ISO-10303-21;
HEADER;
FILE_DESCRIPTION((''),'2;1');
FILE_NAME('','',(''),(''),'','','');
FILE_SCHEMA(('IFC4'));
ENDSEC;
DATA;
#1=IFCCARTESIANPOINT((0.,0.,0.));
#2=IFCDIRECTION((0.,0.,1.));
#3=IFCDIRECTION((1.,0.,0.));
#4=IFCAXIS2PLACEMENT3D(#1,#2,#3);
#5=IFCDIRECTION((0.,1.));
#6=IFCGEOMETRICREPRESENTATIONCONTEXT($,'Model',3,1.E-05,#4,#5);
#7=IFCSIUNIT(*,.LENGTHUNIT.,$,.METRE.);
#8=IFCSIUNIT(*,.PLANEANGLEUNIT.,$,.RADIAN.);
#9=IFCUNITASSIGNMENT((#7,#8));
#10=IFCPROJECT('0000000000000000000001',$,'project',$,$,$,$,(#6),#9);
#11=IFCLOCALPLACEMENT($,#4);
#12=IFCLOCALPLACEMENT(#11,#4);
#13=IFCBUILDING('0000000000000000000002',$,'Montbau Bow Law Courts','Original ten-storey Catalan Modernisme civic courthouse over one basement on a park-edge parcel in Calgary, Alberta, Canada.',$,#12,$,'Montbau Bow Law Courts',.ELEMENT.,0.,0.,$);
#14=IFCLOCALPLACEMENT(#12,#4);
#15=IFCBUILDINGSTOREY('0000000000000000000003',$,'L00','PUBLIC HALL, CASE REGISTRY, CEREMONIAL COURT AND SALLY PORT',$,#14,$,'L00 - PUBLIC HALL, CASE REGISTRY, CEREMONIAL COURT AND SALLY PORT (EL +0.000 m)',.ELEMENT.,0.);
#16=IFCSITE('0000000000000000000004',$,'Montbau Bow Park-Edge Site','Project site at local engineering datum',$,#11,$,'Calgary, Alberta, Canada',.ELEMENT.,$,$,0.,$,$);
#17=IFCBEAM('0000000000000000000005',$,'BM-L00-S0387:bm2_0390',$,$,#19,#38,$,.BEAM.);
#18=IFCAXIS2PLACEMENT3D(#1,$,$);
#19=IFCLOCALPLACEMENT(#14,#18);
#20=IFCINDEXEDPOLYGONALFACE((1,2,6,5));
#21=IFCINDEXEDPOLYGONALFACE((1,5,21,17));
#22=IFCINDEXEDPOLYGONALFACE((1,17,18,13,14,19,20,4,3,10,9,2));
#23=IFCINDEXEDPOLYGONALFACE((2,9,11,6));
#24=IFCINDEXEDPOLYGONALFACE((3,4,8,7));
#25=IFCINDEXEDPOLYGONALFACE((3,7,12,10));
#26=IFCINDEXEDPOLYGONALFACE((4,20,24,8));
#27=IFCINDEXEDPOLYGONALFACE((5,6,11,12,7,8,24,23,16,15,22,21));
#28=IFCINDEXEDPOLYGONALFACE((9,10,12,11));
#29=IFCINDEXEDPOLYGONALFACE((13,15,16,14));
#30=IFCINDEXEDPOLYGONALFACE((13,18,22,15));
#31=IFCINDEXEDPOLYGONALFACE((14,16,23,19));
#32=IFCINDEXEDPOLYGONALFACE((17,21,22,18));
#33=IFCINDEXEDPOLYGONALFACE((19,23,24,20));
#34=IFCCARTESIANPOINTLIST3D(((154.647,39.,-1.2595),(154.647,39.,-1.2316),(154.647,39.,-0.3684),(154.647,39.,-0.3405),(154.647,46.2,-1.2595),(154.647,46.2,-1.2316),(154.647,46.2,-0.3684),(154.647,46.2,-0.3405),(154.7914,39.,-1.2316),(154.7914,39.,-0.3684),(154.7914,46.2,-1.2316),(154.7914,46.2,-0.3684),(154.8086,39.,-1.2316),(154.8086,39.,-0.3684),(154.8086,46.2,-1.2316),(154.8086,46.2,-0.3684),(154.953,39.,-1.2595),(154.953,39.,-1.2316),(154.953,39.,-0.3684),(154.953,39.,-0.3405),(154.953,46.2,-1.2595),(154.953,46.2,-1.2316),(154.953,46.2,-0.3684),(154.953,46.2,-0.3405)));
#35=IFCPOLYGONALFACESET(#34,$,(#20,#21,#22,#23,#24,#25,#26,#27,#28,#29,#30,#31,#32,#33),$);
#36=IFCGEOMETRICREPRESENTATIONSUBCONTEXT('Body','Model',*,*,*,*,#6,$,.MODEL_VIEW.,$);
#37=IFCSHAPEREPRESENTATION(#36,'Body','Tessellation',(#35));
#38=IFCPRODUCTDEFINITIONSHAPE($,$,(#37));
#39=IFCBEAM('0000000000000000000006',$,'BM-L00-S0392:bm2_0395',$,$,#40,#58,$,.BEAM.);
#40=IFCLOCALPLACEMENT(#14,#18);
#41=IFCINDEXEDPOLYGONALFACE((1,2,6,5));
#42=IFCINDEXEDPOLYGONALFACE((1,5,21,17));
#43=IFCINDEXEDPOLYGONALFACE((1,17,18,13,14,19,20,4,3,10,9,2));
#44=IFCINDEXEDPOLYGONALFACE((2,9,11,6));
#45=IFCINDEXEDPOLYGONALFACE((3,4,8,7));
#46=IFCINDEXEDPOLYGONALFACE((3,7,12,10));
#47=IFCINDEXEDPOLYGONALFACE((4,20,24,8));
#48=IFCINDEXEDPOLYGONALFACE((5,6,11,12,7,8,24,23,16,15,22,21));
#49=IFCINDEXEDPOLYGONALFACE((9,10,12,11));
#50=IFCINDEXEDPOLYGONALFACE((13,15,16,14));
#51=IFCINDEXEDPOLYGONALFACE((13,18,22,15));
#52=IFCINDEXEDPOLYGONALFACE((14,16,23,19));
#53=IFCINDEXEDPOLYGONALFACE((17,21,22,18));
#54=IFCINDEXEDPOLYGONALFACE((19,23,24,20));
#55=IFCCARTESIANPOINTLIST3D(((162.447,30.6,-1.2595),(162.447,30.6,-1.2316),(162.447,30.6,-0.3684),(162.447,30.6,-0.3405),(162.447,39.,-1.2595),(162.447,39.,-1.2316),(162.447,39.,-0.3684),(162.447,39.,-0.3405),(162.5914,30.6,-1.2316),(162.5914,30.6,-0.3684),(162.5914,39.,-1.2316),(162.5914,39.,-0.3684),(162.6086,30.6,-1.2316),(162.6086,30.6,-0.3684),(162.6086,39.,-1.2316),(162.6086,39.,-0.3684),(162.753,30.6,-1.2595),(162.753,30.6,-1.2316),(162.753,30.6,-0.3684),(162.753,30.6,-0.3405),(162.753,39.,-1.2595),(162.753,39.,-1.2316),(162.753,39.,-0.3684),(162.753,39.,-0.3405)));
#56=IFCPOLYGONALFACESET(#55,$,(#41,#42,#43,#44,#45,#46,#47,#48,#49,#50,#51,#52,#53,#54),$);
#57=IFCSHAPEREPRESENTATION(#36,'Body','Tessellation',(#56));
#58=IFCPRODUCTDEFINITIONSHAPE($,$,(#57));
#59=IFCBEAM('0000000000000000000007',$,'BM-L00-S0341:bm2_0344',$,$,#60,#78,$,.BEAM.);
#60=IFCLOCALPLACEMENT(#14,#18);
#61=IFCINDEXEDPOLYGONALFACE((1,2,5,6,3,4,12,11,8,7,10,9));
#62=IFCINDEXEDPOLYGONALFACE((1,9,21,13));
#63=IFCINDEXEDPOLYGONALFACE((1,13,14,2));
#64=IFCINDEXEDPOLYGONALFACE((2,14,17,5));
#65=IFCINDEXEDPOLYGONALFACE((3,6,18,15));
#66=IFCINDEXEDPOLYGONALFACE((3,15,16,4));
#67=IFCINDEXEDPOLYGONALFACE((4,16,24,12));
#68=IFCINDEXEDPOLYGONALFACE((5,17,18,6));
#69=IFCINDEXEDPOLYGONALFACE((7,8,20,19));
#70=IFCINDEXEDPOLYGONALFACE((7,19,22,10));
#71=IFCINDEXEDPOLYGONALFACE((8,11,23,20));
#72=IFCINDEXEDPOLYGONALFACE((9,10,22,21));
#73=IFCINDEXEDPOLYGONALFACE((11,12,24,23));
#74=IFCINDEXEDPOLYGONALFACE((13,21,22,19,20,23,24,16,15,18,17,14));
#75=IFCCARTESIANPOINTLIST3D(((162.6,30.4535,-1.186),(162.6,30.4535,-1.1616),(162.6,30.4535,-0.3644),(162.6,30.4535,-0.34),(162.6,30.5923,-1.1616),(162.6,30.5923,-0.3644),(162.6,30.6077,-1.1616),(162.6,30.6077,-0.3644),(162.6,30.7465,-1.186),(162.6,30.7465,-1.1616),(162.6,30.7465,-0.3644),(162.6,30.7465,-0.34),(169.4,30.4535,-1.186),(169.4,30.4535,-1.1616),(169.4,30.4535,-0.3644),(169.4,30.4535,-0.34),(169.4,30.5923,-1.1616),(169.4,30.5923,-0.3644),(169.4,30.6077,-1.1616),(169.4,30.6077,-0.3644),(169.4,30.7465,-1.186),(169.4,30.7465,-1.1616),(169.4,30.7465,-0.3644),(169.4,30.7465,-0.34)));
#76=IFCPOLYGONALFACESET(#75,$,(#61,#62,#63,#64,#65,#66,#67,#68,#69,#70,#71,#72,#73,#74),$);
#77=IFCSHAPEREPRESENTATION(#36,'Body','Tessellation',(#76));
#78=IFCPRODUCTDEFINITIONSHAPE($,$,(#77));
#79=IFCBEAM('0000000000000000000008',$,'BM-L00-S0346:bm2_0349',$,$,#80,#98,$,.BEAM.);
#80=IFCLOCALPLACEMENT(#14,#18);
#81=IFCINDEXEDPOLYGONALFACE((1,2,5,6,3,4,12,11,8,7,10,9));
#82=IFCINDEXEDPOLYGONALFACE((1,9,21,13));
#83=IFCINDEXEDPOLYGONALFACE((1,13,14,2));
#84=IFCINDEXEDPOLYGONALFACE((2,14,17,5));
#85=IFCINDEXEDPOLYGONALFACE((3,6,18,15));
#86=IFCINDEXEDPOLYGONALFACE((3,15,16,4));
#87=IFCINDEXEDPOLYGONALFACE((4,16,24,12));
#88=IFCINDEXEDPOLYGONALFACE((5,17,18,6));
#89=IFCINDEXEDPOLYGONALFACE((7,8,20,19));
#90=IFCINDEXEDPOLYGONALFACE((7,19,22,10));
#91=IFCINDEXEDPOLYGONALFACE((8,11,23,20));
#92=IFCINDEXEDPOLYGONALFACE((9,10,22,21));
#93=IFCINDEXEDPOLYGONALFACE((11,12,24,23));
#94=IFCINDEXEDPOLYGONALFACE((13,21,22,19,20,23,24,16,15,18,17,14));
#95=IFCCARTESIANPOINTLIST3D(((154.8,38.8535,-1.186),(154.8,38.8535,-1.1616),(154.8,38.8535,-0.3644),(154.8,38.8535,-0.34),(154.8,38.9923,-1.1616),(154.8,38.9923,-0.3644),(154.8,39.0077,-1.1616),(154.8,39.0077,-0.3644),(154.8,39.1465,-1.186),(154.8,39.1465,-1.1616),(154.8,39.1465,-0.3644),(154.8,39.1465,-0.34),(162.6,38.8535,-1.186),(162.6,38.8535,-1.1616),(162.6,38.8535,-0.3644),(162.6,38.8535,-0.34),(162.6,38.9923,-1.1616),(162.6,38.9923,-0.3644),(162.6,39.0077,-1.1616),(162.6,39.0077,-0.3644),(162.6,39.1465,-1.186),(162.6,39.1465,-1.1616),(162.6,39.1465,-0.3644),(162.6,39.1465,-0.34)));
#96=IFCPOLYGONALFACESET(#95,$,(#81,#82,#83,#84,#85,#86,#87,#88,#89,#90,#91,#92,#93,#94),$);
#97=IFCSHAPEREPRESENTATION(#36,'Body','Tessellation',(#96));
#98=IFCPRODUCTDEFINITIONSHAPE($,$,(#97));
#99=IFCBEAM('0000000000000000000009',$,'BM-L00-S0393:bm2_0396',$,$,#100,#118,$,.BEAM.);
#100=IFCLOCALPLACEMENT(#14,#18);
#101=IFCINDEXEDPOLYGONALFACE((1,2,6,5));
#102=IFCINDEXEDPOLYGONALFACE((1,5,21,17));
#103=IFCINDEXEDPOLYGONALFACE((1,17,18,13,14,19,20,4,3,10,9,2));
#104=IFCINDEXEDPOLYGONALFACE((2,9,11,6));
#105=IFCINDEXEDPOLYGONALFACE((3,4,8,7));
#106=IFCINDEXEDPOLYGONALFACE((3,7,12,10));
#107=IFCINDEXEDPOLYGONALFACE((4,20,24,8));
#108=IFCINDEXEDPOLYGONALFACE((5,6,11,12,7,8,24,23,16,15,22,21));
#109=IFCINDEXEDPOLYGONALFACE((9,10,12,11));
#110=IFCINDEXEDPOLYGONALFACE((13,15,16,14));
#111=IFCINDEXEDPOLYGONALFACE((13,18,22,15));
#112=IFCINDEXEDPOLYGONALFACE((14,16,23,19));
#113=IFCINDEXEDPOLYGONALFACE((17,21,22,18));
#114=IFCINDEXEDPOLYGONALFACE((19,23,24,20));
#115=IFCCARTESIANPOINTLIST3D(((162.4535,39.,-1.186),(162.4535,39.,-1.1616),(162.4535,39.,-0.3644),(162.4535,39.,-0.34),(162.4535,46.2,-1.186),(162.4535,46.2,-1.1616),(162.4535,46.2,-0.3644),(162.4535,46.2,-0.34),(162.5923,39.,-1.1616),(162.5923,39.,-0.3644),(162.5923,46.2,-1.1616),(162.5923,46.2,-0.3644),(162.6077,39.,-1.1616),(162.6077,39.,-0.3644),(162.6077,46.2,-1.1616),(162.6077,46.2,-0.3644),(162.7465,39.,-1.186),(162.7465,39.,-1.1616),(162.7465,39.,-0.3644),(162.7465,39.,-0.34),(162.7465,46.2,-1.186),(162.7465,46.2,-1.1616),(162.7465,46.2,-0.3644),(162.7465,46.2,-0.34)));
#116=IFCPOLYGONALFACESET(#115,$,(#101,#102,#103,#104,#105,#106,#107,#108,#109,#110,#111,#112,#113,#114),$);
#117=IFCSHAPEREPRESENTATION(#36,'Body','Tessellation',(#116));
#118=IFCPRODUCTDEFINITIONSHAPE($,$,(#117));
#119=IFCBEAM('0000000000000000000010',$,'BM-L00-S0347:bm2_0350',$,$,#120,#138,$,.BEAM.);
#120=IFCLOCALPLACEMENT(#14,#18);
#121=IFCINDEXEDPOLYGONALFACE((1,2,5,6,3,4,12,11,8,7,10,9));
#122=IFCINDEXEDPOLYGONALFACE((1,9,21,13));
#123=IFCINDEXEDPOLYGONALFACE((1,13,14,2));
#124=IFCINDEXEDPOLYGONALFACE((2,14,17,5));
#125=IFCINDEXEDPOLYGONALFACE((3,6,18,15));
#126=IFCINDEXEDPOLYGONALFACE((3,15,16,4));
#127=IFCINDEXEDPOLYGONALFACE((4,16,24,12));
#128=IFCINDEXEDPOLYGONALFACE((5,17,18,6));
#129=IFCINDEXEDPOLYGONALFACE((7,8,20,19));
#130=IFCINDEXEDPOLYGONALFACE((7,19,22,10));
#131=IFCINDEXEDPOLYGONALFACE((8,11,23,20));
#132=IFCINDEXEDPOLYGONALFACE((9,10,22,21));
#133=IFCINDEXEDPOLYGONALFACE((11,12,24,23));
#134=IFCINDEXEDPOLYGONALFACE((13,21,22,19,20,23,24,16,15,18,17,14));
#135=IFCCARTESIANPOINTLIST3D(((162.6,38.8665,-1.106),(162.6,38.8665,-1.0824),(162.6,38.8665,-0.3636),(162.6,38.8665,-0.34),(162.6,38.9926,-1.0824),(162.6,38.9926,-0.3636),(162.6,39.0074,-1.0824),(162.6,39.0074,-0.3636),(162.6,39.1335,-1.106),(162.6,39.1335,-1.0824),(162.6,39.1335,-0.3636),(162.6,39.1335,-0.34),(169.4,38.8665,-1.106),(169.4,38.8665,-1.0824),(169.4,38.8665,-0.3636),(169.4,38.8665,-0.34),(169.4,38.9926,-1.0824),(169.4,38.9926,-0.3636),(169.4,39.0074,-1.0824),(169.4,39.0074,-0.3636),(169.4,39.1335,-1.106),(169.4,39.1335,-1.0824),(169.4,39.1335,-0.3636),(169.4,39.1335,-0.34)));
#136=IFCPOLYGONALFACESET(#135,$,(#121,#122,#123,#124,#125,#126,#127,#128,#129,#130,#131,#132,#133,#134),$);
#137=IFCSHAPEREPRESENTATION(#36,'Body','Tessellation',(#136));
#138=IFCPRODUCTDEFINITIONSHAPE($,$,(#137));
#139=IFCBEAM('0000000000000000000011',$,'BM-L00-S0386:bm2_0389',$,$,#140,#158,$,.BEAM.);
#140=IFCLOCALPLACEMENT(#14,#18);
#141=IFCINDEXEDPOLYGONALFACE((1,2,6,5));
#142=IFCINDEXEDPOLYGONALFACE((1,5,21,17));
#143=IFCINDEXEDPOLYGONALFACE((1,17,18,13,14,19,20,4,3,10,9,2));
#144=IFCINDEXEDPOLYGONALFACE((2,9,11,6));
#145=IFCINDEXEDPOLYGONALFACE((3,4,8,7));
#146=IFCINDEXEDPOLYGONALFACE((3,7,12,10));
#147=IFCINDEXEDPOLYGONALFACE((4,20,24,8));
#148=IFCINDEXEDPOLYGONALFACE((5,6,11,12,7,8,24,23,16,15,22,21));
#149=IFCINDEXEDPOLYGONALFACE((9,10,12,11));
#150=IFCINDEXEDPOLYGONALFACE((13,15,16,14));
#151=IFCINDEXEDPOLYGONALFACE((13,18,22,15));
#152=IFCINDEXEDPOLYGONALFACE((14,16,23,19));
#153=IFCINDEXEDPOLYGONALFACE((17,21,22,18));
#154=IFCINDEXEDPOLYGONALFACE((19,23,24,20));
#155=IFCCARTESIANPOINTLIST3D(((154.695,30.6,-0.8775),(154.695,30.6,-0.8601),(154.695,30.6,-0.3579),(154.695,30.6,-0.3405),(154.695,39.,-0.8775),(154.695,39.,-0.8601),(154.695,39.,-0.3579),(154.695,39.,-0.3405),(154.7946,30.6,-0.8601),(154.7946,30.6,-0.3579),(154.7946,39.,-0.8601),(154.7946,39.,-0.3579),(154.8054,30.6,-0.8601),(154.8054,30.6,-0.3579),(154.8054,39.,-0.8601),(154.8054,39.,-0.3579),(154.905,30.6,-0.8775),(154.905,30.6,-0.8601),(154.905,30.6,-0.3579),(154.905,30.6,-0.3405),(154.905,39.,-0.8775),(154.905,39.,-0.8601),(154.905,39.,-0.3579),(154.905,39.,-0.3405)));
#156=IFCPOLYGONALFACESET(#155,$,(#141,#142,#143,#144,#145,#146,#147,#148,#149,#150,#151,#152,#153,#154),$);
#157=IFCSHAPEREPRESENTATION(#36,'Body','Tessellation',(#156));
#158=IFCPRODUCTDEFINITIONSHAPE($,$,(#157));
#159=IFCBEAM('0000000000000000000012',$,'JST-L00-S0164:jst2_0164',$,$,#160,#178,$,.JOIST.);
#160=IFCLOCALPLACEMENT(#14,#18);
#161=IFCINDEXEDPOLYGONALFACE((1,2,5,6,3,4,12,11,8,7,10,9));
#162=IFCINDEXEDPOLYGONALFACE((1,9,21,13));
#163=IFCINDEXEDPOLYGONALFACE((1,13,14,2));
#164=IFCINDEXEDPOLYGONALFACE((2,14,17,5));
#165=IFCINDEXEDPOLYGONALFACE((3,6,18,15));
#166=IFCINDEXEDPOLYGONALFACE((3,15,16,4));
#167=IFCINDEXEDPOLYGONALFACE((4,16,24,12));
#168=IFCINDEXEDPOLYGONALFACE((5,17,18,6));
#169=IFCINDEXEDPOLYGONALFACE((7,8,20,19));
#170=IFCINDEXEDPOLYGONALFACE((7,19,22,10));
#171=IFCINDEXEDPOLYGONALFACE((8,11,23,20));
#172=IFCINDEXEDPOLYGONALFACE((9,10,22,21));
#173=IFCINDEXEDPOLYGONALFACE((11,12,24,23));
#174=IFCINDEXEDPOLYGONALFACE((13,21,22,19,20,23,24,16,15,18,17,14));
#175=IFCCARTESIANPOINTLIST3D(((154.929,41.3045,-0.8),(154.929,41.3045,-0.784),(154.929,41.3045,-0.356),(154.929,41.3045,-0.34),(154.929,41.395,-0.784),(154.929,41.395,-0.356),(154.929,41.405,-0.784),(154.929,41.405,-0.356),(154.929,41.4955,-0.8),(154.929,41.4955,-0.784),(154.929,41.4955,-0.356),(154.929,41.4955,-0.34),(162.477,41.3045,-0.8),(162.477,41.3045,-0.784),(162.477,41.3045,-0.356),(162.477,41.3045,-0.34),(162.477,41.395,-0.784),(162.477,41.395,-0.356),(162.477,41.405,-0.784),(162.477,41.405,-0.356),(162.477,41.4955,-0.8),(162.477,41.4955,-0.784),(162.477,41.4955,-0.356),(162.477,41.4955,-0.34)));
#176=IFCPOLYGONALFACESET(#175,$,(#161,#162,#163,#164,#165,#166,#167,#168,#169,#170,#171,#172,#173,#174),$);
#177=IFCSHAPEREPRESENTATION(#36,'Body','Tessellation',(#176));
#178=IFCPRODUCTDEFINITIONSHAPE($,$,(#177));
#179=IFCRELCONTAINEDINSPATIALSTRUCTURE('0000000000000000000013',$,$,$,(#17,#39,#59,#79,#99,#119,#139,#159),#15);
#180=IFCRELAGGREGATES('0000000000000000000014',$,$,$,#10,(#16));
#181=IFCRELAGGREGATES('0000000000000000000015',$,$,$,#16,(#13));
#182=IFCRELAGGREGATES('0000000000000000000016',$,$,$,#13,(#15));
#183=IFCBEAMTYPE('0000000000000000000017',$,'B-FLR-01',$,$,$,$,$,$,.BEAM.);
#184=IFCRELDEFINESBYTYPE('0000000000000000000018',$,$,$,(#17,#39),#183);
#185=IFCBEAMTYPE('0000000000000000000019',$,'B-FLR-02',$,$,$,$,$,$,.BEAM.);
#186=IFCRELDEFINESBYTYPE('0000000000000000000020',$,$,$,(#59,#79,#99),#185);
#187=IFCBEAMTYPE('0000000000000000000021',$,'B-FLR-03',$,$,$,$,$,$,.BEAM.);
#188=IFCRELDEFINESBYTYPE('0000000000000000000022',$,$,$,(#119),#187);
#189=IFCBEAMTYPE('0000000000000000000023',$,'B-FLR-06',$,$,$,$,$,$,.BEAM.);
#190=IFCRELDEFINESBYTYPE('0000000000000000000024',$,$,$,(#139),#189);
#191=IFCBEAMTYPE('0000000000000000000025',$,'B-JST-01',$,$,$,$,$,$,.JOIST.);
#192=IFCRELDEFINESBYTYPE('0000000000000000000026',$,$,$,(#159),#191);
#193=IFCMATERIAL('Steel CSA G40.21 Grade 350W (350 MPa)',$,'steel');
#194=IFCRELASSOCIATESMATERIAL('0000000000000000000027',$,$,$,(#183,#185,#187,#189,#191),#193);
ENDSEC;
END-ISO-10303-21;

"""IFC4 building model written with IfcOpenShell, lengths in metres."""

from ifc_helpers import new_model, si_unit, direction, frame, origin_with_axes, origin_2d_with_axis, place, context, subcontext, project, spatial, i_section, extrude, material, material_profile, profile_set, type_object, element, save


model = new_model("IFC4")

# Units and contexts
model_context = context("Model", 3, precision=1e-05, world=origin_with_axes(), true_north=direction((0.0, 1.0)))
body_context = subcontext(model_context, "Body", "Model", "MODEL_VIEW")
ifc_project = project(units=[si_unit("LENGTHUNIT", "METRE"), si_unit("PLANEANGLEUNIT", "RADIAN")], contexts=[model_context])

# Site, building, storey
site_placement = place(None, origin_with_axes())
site = spatial("IfcSite", under=ifc_project, at=site_placement, Name="Montbau Bow Park-Edge Site", Description="Project site at local engineering datum", LongName="Calgary, Alberta, Canada", CompositionType="ELEMENT", RefElevation=0.0)
building_placement = place(site_placement, origin_with_axes())
building = spatial("IfcBuilding", under=site, at=building_placement, Name="Montbau Bow Law Courts", Description="Original ten-storey Catalan Modernisme civic courthouse over one basement on a park-edge parcel in Calgary, Alberta, Canada.", LongName="Montbau Bow Law Courts", CompositionType="ELEMENT", ElevationOfRefHeight=0.0, ElevationOfTerrain=0.0)
storey_placement = place(building_placement, origin_with_axes())
storey = spatial("IfcBuildingStorey", under=building, at=storey_placement, Name="L00", Description="PUBLIC HALL, CASE REGISTRY, CEREMONIAL COURT AND SALLY PORT", LongName="L00 - PUBLIC HALL, CASE REGISTRY, CEREMONIAL COURT AND SALLY PORT (EL +0.000 m)", CompositionType="ELEMENT", Elevation=0.0)

# Shared definitions
ifc_material_1 = material(Name="Steel CSA G40.21 Grade 350W (350 MPa)", Category="steel")

# Beams
ifc_material_profile_1 = material_profile(ifc_material_1, i_section(OverallWidth=0.306, OverallDepth=0.919, WebThickness=0.0173, FlangeThickness=0.0279, at=origin_2d_with_axis()), Name="W920X253", Category="Main", Priority=0)
ifc_profile_set_1 = profile_set([ifc_material_profile_1], Name="Steel CSA G40.21 Grade 350W (350 MPa)")
beam_type_1 = type_object("IfcBeamType", Name="B-FLR-01", PredefinedType="BEAM", material=ifc_profile_set_1)
beam_1_placement = place(None, frame((154.8, 39.0, -0.8), z_axis=(0.0, 1.0, 0.0), x_axis=(-1.0, 0.0, 0.0)))
element("IfcBeam", 1, at=beam_1_placement, inside=storey, type_object=beam_type_1, Name="BM-L00-S0387:bm2_0390", PredefinedType="BEAM", context=body_context, shape_type="SweptSolid", body=[
    extrude(i_section(OverallWidth=0.306, OverallDepth=0.919, WebThickness=0.0173, FlangeThickness=0.0279, at=origin_2d_with_axis()), origin_with_axes(), (0.0, 0.0, 1.0), 7.2),
])
beam_2_placement = place(None, frame((162.6, 30.6, -0.8), z_axis=(0.0, 1.0, 0.0), x_axis=(-1.0, 0.0, 0.0)))
element("IfcBeam", 2, at=beam_2_placement, inside=storey, type_object=beam_type_1, Name="BM-L00-S0392:bm2_0395", PredefinedType="BEAM", context=body_context, shape_type="SweptSolid", body=[
    extrude(i_section(OverallWidth=0.306, OverallDepth=0.919, WebThickness=0.0173, FlangeThickness=0.0279, at=origin_2d_with_axis()), origin_with_axes(), (0.0, 0.0, 1.0), 8.4),
])
ifc_material_profile_2 = material_profile(ifc_material_1, i_section(OverallWidth=0.293, OverallDepth=0.846, WebThickness=0.0154, FlangeThickness=0.0244, at=origin_2d_with_axis()), Name="W840X210", Category="Main", Priority=0)
ifc_profile_set_2 = profile_set([ifc_material_profile_2], Name="Steel CSA G40.21 Grade 350W (350 MPa)")
beam_type_2 = type_object("IfcBeamType", Name="B-FLR-02", PredefinedType="BEAM", material=ifc_profile_set_2)
beam_3_placement = place(None, frame((162.6, 30.6, -0.763), z_axis=(1.0, 0.0, 0.0), x_axis=(0.0, 1.0, 0.0)))
element("IfcBeam", 3, at=beam_3_placement, inside=storey, type_object=beam_type_2, Name="BM-L00-S0341:bm2_0344", PredefinedType="BEAM", context=body_context, shape_type="SweptSolid", body=[
    extrude(i_section(OverallWidth=0.293, OverallDepth=0.846, WebThickness=0.0154, FlangeThickness=0.0244, at=origin_2d_with_axis()), origin_with_axes(), (0.0, 0.0, 1.0), 6.8),
])
beam_4_placement = place(None, frame((154.8, 39.0, -0.763), z_axis=(1.0, 0.0, 0.0), x_axis=(0.0, 1.0, 0.0)))
element("IfcBeam", 4, at=beam_4_placement, inside=storey, type_object=beam_type_2, Name="BM-L00-S0346:bm2_0349", PredefinedType="BEAM", context=body_context, shape_type="SweptSolid", body=[
    extrude(i_section(OverallWidth=0.293, OverallDepth=0.846, WebThickness=0.0154, FlangeThickness=0.0244, at=origin_2d_with_axis()), origin_with_axes(), (0.0, 0.0, 1.0), 7.8),
])
beam_5_placement = place(None, frame((162.6, 39.0, -0.763), z_axis=(0.0, 1.0, 0.0), x_axis=(-1.0, 0.0, 0.0)))
element("IfcBeam", 5, at=beam_5_placement, inside=storey, type_object=beam_type_2, Name="BM-L00-S0393:bm2_0396", PredefinedType="BEAM", context=body_context, shape_type="SweptSolid", body=[
    extrude(i_section(OverallWidth=0.293, OverallDepth=0.846, WebThickness=0.0154, FlangeThickness=0.0244, at=origin_2d_with_axis()), origin_with_axes(), (0.0, 0.0, 1.0), 7.2),
])
ifc_material_profile_3 = material_profile(ifc_material_1, i_section(OverallWidth=0.267, OverallDepth=0.766, WebThickness=0.0149, FlangeThickness=0.0236, at=origin_2d_with_axis()), Name="W760X185", Category="Main", Priority=0)
ifc_profile_set_3 = profile_set([ifc_material_profile_3], Name="Steel CSA G40.21 Grade 350W (350 MPa)")
beam_type_3 = type_object("IfcBeamType", Name="B-FLR-03", PredefinedType="BEAM", material=ifc_profile_set_3)
beam_6_placement = place(None, frame((162.6, 39.0, -0.723), z_axis=(1.0, 0.0, 0.0), x_axis=(0.0, 1.0, 0.0)))
element("IfcBeam", 6, at=beam_6_placement, inside=storey, type_object=beam_type_3, Name="BM-L00-S0347:bm2_0350", PredefinedType="BEAM", context=body_context, shape_type="SweptSolid", body=[
    extrude(i_section(OverallWidth=0.267, OverallDepth=0.766, WebThickness=0.0149, FlangeThickness=0.0236, at=origin_2d_with_axis()), origin_with_axes(), (0.0, 0.0, 1.0), 6.8),
])
ifc_material_profile_4 = material_profile(ifc_material_1, i_section(OverallWidth=0.21, OverallDepth=0.537, WebThickness=0.0109, FlangeThickness=0.0174, at=origin_2d_with_axis()), Name="W530X101", Category="Main", Priority=0)
ifc_profile_set_4 = profile_set([ifc_material_profile_4], Name="Steel CSA G40.21 Grade 350W (350 MPa)")
beam_type_4 = type_object("IfcBeamType", Name="B-FLR-06", PredefinedType="BEAM", material=ifc_profile_set_4)
beam_7_placement = place(None, frame((154.8, 30.6, -0.609), z_axis=(0.0, 1.0, 0.0), x_axis=(-1.0, 0.0, 0.0)))
element("IfcBeam", 7, at=beam_7_placement, inside=storey, type_object=beam_type_4, Name="BM-L00-S0386:bm2_0389", PredefinedType="BEAM", context=body_context, shape_type="SweptSolid", body=[
    extrude(i_section(OverallWidth=0.21, OverallDepth=0.537, WebThickness=0.0109, FlangeThickness=0.0174, at=origin_2d_with_axis()), origin_with_axes(), (0.0, 0.0, 1.0), 8.4),
])
ifc_material_profile_5 = material_profile(ifc_material_1, i_section(OverallWidth=0.191, OverallDepth=0.46, WebThickness=0.0099, FlangeThickness=0.016, at=origin_2d_with_axis()), Name="W460X82", Category="Main", Priority=0)
ifc_profile_set_5 = profile_set([ifc_material_profile_5], Name="Steel CSA G40.21 Grade 350W (350 MPa)")
beam_type_5 = type_object("IfcBeamType", Name="B-JST-01", PredefinedType="JOIST", material=ifc_profile_set_5)
beam_8_placement = place(None, frame((154.929, 41.4, -0.57), z_axis=(1.0, 0.0, 0.0), x_axis=(0.0, 1.0, 0.0)))
element("IfcBeam", 8, at=beam_8_placement, inside=storey, type_object=beam_type_5, Name="JST-L00-S0164:jst2_0164", PredefinedType="JOIST", context=body_context, shape_type="SweptSolid", body=[
    extrude(i_section(OverallWidth=0.191, OverallDepth=0.46, WebThickness=0.0099, FlangeThickness=0.016, at=origin_2d_with_axis()), origin_with_axes(), (0.0, 0.0, 1.0), 7.548),
])

save(model, "model.ifc")
